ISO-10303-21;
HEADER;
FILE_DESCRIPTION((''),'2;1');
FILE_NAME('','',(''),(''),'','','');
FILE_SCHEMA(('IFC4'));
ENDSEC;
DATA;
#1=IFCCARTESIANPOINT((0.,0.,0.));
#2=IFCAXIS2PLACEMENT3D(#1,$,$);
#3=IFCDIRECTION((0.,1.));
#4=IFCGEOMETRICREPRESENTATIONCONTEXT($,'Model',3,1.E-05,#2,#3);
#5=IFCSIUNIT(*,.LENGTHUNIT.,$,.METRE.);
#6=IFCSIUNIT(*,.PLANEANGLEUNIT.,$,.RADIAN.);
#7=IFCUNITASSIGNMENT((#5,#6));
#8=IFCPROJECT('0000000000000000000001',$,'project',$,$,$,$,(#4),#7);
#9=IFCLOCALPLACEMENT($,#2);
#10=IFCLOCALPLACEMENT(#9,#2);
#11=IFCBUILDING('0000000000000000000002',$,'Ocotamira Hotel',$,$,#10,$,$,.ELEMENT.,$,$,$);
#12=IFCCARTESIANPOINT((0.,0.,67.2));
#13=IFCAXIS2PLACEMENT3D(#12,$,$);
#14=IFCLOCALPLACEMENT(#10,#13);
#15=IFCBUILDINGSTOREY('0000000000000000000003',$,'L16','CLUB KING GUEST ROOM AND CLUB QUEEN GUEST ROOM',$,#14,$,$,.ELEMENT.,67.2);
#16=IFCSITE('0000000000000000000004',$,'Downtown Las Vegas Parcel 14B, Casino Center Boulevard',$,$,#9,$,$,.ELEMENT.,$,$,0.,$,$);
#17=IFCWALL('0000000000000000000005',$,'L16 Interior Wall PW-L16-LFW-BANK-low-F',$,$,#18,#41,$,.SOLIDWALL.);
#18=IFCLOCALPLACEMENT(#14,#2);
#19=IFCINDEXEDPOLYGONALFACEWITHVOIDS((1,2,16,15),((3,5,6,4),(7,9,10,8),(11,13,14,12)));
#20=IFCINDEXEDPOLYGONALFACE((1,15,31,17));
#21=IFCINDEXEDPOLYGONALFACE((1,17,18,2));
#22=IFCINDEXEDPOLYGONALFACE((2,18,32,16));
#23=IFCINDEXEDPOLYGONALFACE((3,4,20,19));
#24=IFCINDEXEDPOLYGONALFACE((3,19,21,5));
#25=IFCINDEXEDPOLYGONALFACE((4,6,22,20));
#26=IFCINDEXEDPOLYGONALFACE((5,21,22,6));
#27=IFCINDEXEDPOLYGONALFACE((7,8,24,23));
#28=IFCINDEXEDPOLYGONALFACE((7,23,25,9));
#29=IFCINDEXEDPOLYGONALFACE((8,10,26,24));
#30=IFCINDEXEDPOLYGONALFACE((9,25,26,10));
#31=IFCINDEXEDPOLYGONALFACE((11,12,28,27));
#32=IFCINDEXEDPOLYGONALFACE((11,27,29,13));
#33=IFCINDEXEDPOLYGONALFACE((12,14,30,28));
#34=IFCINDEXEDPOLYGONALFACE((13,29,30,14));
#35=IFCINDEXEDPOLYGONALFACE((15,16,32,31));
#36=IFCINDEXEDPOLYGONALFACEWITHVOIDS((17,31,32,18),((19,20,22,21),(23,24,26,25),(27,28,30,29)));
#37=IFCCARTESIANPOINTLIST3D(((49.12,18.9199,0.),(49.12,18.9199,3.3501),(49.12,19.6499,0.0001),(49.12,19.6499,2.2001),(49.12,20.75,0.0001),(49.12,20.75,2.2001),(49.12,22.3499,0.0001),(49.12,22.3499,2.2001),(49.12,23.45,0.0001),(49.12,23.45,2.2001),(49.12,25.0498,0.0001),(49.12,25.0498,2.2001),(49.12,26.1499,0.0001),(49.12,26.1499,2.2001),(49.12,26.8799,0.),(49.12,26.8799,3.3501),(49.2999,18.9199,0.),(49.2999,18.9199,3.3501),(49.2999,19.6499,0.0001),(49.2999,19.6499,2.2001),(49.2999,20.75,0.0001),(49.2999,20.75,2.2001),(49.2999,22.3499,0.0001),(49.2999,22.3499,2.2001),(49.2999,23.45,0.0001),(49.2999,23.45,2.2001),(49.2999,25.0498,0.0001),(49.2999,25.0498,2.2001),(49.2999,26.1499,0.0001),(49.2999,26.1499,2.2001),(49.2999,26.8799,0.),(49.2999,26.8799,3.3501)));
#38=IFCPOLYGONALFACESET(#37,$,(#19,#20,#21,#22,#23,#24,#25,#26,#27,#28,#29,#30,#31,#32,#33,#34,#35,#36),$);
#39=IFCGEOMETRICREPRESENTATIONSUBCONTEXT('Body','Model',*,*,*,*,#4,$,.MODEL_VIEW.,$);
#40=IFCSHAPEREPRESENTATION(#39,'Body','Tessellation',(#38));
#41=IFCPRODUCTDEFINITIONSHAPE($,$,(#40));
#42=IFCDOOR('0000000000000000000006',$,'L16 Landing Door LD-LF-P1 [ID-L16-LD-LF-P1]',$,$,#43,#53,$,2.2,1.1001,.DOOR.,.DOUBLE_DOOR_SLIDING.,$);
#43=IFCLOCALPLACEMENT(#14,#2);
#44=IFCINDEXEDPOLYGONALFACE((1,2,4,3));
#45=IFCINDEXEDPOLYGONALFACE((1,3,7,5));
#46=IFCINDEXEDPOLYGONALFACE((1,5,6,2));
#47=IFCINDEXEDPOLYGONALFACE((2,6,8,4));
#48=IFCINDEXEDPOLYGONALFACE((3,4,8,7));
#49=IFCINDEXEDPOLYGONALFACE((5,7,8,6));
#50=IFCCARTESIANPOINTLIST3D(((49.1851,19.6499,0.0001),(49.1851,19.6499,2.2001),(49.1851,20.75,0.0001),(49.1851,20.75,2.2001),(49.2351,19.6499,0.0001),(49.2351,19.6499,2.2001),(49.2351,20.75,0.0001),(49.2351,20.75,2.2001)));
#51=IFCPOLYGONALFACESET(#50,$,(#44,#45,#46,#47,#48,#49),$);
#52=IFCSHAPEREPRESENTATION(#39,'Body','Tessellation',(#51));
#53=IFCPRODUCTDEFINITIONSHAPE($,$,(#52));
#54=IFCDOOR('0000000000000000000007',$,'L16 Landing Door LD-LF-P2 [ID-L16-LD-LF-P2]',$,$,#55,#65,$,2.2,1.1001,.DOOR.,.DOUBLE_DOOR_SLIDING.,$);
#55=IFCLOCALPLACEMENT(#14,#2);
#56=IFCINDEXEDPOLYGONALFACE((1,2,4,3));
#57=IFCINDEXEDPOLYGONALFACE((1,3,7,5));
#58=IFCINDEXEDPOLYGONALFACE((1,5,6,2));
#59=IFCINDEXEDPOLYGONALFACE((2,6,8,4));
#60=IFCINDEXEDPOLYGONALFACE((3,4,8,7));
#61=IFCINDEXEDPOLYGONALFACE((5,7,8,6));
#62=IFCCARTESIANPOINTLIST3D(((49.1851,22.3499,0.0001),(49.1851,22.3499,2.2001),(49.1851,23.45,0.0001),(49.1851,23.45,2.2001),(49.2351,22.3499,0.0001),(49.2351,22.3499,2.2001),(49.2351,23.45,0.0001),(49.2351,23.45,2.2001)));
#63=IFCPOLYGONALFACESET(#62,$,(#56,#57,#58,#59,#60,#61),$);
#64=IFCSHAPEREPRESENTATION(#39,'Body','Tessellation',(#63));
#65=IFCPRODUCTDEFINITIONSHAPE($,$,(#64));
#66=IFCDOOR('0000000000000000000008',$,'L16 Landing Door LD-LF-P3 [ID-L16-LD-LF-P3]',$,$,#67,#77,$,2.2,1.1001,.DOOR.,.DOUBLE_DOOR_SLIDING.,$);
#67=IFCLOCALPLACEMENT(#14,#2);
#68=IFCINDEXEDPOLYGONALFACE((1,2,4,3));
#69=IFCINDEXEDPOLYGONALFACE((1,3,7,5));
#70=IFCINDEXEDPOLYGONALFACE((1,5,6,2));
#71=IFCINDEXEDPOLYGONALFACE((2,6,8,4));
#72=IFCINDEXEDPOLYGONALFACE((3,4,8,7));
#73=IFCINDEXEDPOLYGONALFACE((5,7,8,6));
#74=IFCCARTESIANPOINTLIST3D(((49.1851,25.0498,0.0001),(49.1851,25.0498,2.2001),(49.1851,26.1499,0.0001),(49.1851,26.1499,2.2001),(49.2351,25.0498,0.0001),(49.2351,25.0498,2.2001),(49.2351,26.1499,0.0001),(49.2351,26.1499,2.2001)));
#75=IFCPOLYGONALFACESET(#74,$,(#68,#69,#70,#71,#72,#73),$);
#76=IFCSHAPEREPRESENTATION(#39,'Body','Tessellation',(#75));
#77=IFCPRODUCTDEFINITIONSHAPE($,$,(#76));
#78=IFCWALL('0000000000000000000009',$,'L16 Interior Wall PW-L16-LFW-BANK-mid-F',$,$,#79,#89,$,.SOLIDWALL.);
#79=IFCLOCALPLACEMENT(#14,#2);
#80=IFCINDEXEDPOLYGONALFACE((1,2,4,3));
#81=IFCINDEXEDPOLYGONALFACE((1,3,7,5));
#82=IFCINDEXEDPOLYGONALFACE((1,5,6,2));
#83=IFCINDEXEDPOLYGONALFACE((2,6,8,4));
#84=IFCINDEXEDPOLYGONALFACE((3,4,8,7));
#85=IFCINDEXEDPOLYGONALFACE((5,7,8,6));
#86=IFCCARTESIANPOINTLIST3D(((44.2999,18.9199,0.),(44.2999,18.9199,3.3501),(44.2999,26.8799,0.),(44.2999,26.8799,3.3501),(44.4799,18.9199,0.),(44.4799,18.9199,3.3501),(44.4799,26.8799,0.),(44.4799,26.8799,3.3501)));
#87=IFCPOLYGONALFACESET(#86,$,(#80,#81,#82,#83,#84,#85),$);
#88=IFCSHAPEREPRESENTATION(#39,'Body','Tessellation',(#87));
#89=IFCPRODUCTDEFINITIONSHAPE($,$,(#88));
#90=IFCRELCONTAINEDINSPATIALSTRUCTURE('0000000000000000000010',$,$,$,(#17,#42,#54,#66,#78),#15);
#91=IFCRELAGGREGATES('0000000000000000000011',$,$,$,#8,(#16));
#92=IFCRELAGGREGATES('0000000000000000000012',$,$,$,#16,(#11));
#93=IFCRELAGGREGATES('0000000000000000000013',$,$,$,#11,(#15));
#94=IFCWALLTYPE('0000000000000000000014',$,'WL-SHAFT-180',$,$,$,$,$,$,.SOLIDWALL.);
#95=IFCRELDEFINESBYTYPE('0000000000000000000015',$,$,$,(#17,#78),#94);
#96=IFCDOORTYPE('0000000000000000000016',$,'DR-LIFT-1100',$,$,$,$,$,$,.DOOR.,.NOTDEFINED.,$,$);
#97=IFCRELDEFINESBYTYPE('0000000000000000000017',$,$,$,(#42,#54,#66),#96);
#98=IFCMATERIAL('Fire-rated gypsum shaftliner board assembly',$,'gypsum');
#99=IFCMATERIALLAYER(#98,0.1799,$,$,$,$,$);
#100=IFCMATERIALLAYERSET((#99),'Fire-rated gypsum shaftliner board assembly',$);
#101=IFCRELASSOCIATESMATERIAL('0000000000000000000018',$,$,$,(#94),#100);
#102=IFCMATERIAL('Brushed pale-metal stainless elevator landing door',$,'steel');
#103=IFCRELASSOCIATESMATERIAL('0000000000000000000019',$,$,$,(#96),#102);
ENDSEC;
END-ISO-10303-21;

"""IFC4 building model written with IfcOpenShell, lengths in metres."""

from ifc_helpers import new_model, si_unit, direction, frame, frame_2d, origin, place, context, subcontext, project, spatial, rectangle, extrude, source, transform, mapped, material, layer, layer_set, type_object, element, fill, save


model = new_model("IFC4")

# Units and contexts
model_context = context("Model", 3, precision=1e-05, world=origin(), true_north=direction((0.0, 1.0)))
body_context = subcontext(model_context, "Body", "Model", "MODEL_VIEW")
ifc_project = project(units=[si_unit("LENGTHUNIT", "METRE"), si_unit("PLANEANGLEUNIT", "RADIAN")], contexts=[model_context])

# Site, building, storey
site_placement = place(None, origin())
site = spatial("IfcSite", under=ifc_project, at=site_placement, Name="Downtown Las Vegas Parcel 14B, Casino Center Boulevard", CompositionType="ELEMENT", RefElevation=0.0)
building_placement = place(site_placement, origin())
building = spatial("IfcBuilding", under=site, at=building_placement, Name="Ocotamira Hotel", CompositionType="ELEMENT")
storey_placement = place(building_placement, frame((0.0, 0.0, 67.2)))
storey = spatial("IfcBuildingStorey", under=building, at=storey_placement, Name="L16", Description="CLUB KING GUEST ROOM AND CLUB QUEEN GUEST ROOM", CompositionType="ELEMENT", Elevation=67.2)

# Wall, openings, doors
ifc_material_1 = material(Name="Fire-rated gypsum shaftliner board assembly", Category="gypsum")
ifc_layer_1 = layer(ifc_material_1, 0.1799)
ifc_layer_set_1 = layer_set([ifc_layer_1], Name="Fire-rated gypsum shaftliner board assembly")
wall_type_1 = type_object("IfcWallType", Name="WL-SHAFT-180", PredefinedType="SOLIDWALL", material=ifc_layer_set_1)
wall_1_placement = place(storey_placement, frame((49.21, 18.9199, 0.0), z_axis=(0.0, 0.0, 1.0), x_axis=(0.0, 1.0, 0.0)))
wall_1 = element("IfcWall", 1, at=wall_1_placement, inside=storey, type_object=wall_type_1, Name="L16 Interior Wall PW-L16-LFW-BANK-low-F", PredefinedType="SOLIDWALL", context=body_context, shape_type="SweptSolid", body=[
    extrude(rectangle(XDim=7.96, YDim=0.1799, at=frame_2d((3.98, 0.0))), origin(), (0.0, 0.0, 1.0), 3.3501),
])
opening_1_placement = place(wall_1_placement, frame((0.73, 0.0, 0.0)))
opening_1 = element("IfcOpeningElement", 2, at=opening_1_placement, cuts=wall_1, PredefinedType="OPENING", context=body_context, shape_type="SweptSolid", body=[
    extrude(rectangle(XDim=1.1001, YDim=2.2, at=frame_2d((0.55, 1.1001))), frame((0.0, 0.1001, 0.0), z_axis=(0.0, -1.0, 0.0), x_axis=(1.0, 0.0, 0.0)), (0.0, 0.0, 1.0), 0.2),
])
opening_2_placement = place(wall_1_placement, frame((3.4299, 0.0, 0.0)))
opening_2 = element("IfcOpeningElement", 3, at=opening_2_placement, cuts=wall_1, PredefinedType="OPENING", context=body_context, shape_type="SweptSolid", body=[
    extrude(rectangle(XDim=1.1001, YDim=2.2, at=frame_2d((0.55, 1.1001))), frame((0.0, 0.1001, 0.0), z_axis=(0.0, -1.0, 0.0), x_axis=(1.0, 0.0, 0.0)), (0.0, 0.0, 1.0), 0.2),
])
opening_3_placement = place(wall_1_placement, frame((6.1299, 0.0, 0.0)))
opening_3 = element("IfcOpeningElement", 4, at=opening_3_placement, cuts=wall_1, PredefinedType="OPENING", context=body_context, shape_type="SweptSolid", body=[
    extrude(rectangle(XDim=1.1001, YDim=2.2, at=frame_2d((0.55, 1.1001))), frame((0.0, 0.1001, 0.0), z_axis=(0.0, -1.0, 0.0), x_axis=(1.0, 0.0, 0.0)), (0.0, 0.0, 1.0), 0.2),
])
ifc_material_2 = material(Name="Brushed pale-metal stainless elevator landing door", Category="steel")
door_type = type_object("IfcDoorType", Name="DR-LIFT-1100", OperationType="NOTDEFINED", PredefinedType="DOOR", material=ifc_material_2)
shared_shape_1 = source(origin(), body_context, "Body", "SweptSolid", [
    extrude(rectangle(XDim=1.1001, YDim=2.2, at=frame_2d((0.55, 1.1001))), frame((0.0, 0.0249, 0.0), z_axis=(0.0, -1.0, 0.0), x_axis=(1.0, 0.0, 0.0)), (0.0, 0.0, 1.0), 0.05),
])
door_1_placement = place(opening_1_placement, origin())
door_1 = element("IfcDoor", 5, at=door_1_placement, inside=storey, type_object=door_type, Name="L16 Landing Door LD-LF-P1 [ID-L16-LD-LF-P1]", OperationType="DOUBLE_DOOR_SLIDING", OverallHeight=2.2, OverallWidth=1.1001, PredefinedType="DOOR", context=body_context, shape_type="MappedRepresentation", body=[
    mapped(shared_shape_1, transform((0.0, 0.0, 0.0), scale=1.0)),
])
fill(opening_1, door_1)
door_2_placement = place(opening_2_placement, origin())
door_2 = element("IfcDoor", 6, at=door_2_placement, inside=storey, type_object=door_type, Name="L16 Landing Door LD-LF-P2 [ID-L16-LD-LF-P2]", OperationType="DOUBLE_DOOR_SLIDING", OverallHeight=2.2, OverallWidth=1.1001, PredefinedType="DOOR", context=body_context, shape_type="MappedRepresentation", body=[
    mapped(shared_shape_1, transform((0.0, 0.0, 0.0), scale=1.0)),
])
fill(opening_2, door_2)
door_3_placement = place(opening_3_placement, origin())
door_3 = element("IfcDoor", 7, at=door_3_placement, inside=storey, type_object=door_type, Name="L16 Landing Door LD-LF-P3 [ID-L16-LD-LF-P3]", OperationType="DOUBLE_DOOR_SLIDING", OverallHeight=2.2, OverallWidth=1.1001, PredefinedType="DOOR", context=body_context, shape_type="MappedRepresentation", body=[
    mapped(shared_shape_1, transform((0.0, 0.0, 0.0), scale=1.0)),
])
fill(opening_3, door_3)

# Wall
wall_2_placement = place(storey_placement, frame((44.3899, 18.9199, 0.0), z_axis=(0.0, 0.0, 1.0), x_axis=(0.0, 1.0, 0.0)))
element("IfcWall", 8, at=wall_2_placement, inside=storey, type_object=wall_type_1, Name="L16 Interior Wall PW-L16-LFW-BANK-mid-F", PredefinedType="SOLIDWALL", context=body_context, shape_type="SweptSolid", body=[
    extrude(rectangle(XDim=7.96, YDim=0.1799, at=frame_2d((3.98, 0.0))), origin(), (0.0, 0.0, 1.0), 3.3501),
])

save(model, "model.ifc")
